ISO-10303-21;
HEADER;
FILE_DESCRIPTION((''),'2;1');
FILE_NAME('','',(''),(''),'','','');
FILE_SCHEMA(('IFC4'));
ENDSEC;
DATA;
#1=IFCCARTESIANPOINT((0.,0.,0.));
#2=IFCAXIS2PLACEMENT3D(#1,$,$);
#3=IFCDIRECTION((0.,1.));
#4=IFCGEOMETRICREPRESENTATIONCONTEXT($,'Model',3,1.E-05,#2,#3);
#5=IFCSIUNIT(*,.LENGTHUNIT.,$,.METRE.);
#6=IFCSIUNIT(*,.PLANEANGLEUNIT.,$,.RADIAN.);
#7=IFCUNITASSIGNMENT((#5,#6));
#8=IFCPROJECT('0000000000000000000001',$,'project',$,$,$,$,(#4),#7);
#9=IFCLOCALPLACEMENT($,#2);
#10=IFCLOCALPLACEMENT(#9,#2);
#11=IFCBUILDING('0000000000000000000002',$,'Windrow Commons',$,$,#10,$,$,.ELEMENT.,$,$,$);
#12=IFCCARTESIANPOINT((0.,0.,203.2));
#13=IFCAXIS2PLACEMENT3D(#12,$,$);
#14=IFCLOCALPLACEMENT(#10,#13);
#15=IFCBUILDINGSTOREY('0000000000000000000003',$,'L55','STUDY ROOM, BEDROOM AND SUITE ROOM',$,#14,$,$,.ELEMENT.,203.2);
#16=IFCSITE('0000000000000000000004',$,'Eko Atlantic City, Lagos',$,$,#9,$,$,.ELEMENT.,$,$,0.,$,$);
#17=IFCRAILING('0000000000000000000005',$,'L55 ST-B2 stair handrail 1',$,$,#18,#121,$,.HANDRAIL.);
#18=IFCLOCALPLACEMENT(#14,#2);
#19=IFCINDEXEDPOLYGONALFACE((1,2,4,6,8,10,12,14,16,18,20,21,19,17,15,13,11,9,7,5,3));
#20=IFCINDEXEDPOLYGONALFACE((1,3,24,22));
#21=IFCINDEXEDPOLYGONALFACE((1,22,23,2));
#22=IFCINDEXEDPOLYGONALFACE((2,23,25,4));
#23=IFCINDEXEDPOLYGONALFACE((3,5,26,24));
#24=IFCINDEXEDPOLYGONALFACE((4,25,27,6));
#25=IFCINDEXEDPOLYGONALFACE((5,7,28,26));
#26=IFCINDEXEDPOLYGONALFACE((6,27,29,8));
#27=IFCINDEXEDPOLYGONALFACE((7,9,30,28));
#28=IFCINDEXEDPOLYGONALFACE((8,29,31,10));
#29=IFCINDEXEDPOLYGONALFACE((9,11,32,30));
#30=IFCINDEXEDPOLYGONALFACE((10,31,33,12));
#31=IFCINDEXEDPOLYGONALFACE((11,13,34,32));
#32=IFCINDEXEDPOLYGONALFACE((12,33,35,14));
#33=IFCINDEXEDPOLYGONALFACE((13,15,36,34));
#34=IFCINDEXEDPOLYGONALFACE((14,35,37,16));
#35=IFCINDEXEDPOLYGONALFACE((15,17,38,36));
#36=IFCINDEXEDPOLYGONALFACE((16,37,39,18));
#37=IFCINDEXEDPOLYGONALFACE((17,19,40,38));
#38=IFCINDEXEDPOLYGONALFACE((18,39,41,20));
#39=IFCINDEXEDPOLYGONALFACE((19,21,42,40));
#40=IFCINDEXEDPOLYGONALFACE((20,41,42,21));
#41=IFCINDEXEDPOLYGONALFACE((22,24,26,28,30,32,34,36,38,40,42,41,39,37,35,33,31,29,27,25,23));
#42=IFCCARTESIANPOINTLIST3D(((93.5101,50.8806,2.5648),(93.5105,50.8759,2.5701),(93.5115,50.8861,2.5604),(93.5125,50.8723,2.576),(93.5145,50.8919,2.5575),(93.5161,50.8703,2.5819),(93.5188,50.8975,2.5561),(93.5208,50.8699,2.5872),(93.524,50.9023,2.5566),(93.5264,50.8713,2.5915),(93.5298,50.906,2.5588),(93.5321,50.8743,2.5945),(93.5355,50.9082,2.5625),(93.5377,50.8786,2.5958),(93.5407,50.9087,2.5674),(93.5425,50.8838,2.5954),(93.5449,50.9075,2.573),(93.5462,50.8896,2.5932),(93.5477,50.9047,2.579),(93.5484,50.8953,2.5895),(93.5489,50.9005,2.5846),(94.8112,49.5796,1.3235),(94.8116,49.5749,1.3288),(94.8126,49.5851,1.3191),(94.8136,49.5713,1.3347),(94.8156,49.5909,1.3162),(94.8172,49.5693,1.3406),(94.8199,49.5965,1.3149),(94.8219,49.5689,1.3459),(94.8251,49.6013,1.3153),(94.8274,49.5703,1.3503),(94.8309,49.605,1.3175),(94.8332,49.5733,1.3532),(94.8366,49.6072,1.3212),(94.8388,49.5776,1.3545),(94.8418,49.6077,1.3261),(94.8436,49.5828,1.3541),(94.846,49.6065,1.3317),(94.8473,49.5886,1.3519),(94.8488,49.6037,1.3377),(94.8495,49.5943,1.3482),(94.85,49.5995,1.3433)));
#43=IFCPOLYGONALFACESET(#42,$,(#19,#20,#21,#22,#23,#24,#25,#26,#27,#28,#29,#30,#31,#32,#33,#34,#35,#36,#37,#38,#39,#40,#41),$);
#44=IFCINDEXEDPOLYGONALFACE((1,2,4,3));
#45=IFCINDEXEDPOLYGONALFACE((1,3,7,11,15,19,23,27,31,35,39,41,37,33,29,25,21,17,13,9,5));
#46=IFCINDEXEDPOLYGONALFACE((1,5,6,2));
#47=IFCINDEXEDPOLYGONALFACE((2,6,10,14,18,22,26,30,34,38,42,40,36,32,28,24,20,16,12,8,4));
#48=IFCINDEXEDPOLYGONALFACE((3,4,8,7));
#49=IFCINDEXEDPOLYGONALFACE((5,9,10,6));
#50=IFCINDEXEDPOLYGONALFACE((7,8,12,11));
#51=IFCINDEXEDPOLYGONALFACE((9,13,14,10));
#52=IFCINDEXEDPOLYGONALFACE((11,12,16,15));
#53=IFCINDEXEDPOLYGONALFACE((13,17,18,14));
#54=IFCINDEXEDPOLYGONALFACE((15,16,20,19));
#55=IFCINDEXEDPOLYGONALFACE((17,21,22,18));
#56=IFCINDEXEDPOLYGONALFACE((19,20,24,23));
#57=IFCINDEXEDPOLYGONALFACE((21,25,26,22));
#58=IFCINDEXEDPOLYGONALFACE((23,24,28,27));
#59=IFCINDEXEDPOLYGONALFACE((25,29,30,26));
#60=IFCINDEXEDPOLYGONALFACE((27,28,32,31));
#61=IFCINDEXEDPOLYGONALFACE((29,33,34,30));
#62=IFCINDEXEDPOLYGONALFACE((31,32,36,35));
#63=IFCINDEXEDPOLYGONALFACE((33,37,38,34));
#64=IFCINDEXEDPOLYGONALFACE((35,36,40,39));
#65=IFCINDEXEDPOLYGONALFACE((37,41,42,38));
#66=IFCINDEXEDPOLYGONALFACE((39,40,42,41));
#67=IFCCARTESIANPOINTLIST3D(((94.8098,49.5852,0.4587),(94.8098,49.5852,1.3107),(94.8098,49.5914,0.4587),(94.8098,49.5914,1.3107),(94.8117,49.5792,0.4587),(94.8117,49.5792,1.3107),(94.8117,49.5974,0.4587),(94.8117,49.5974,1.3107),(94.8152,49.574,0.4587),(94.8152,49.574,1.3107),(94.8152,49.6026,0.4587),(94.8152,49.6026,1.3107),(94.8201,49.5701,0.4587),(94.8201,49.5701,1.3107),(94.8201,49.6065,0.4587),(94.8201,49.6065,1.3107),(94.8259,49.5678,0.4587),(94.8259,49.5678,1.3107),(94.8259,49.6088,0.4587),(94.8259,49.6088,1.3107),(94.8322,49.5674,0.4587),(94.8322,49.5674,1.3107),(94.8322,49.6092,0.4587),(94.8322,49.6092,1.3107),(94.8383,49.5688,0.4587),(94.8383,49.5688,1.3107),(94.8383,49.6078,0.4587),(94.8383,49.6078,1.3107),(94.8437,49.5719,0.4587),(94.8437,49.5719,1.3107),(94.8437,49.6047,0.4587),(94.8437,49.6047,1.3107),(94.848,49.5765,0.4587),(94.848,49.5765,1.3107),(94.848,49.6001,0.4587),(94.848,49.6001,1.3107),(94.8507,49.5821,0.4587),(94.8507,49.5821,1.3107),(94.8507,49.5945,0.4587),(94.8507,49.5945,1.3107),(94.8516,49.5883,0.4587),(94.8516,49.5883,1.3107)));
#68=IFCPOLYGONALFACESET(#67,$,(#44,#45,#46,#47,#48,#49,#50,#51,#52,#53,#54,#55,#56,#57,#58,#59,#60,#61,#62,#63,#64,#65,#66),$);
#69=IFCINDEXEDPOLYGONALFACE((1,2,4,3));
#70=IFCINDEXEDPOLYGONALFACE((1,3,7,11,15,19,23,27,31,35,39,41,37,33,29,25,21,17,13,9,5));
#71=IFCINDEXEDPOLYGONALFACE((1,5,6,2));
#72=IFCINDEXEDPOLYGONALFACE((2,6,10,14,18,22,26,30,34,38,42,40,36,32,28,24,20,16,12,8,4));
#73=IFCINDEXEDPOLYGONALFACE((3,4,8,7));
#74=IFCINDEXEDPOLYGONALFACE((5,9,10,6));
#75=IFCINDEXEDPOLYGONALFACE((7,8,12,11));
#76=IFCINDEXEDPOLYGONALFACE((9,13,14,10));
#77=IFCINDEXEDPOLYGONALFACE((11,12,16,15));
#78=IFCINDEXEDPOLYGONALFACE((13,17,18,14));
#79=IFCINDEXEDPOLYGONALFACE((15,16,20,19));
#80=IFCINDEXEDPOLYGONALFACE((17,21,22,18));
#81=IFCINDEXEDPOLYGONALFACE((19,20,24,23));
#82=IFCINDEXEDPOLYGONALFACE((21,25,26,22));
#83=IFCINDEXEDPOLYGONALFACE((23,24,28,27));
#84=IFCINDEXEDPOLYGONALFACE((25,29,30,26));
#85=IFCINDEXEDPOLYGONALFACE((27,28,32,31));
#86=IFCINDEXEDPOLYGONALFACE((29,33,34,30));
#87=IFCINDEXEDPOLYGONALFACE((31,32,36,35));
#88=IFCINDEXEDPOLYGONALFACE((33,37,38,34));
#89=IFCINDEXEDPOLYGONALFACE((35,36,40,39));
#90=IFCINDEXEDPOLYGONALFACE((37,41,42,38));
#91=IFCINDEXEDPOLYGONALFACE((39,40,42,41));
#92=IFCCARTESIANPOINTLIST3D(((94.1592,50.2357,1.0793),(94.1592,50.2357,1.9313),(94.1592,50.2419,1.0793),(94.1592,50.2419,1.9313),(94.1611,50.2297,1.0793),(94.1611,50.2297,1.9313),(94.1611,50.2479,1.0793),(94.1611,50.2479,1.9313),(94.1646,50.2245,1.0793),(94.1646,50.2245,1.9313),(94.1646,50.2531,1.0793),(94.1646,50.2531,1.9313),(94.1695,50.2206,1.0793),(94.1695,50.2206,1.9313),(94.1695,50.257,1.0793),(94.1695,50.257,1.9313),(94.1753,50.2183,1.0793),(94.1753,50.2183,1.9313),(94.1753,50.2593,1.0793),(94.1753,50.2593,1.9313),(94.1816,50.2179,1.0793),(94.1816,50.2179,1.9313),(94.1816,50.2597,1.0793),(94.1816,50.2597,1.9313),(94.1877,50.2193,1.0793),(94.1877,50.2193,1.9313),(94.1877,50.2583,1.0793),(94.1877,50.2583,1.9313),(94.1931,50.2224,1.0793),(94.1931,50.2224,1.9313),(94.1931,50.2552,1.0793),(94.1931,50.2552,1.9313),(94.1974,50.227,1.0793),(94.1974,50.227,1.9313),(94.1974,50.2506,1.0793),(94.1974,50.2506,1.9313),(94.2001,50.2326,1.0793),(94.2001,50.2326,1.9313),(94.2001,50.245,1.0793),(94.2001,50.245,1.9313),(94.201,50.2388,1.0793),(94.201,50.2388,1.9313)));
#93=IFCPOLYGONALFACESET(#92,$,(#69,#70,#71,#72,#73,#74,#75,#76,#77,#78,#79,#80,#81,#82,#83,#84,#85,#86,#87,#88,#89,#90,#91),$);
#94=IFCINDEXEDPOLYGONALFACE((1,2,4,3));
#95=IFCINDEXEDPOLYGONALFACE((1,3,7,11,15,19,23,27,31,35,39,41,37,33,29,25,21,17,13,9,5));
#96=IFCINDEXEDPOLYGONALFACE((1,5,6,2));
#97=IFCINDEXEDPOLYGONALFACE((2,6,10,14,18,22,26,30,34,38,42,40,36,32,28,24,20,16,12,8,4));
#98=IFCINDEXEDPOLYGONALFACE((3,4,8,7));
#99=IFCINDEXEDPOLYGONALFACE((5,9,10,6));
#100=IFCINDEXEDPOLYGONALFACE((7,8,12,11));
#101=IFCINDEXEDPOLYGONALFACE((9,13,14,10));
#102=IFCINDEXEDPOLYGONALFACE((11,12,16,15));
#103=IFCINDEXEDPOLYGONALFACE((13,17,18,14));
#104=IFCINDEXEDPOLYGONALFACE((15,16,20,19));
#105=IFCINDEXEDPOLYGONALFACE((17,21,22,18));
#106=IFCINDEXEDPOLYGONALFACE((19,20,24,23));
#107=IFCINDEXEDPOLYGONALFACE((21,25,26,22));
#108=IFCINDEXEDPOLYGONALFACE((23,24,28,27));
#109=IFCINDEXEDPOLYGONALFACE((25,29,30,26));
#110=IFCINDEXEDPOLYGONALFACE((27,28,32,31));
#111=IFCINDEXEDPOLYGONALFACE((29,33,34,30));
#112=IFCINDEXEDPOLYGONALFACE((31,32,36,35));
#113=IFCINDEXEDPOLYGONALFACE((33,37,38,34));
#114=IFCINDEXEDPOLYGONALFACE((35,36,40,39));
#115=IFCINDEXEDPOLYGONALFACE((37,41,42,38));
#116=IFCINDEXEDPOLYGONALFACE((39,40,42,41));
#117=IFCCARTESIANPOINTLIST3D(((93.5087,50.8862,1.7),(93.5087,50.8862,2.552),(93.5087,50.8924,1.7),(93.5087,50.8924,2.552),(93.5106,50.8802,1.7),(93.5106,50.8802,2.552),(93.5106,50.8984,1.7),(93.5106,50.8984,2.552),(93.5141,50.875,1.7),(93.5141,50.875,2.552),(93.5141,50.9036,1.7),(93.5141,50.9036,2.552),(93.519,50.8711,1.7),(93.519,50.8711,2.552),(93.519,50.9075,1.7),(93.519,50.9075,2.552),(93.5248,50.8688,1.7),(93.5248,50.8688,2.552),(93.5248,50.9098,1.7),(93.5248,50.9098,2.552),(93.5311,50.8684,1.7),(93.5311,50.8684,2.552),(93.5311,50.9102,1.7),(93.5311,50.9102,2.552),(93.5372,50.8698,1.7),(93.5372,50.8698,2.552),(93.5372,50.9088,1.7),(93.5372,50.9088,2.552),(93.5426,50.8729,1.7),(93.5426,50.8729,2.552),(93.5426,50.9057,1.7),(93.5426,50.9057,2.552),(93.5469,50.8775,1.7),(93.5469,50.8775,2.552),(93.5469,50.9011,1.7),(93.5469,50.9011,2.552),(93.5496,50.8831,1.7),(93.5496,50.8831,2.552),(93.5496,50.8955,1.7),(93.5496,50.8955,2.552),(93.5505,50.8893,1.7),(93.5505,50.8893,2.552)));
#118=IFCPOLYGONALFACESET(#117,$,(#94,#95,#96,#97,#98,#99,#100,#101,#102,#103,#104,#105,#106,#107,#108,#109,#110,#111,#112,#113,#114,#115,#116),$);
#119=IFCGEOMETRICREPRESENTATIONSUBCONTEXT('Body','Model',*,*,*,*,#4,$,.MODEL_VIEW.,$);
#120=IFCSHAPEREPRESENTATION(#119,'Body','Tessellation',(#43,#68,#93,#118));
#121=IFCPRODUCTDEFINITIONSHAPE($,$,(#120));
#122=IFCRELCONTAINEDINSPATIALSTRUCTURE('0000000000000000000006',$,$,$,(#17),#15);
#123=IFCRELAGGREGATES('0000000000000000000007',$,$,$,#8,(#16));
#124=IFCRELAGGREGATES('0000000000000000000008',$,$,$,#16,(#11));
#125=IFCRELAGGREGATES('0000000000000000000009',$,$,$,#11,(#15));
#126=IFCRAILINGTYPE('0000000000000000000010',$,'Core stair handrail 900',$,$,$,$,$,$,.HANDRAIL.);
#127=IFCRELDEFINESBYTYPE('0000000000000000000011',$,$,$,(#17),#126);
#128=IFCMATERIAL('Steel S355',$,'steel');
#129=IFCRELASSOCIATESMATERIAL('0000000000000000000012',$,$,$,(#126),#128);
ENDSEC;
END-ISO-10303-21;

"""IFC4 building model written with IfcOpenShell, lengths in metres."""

from ifc_helpers import new_model, si_unit, direction, frame, origin, origin_2d, place, context, subcontext, project, spatial, circle, extrude, material, type_object, element, save


model = new_model("IFC4")

# Units and contexts
model_context = context("Model", 3, precision=1e-05, world=origin(), true_north=direction((0.0, 1.0)))
body_context = subcontext(model_context, "Body", "Model", "MODEL_VIEW")
ifc_project = project(units=[si_unit("LENGTHUNIT", "METRE"), si_unit("PLANEANGLEUNIT", "RADIAN")], contexts=[model_context])

# Site, building, storey
site_placement = place(None, origin())
site = spatial("IfcSite", under=ifc_project, at=site_placement, Name="Eko Atlantic City, Lagos", CompositionType="ELEMENT", RefElevation=0.0)
building_placement = place(site_placement, origin())
building = spatial("IfcBuilding", under=site, at=building_placement, Name="Windrow Commons", CompositionType="ELEMENT")
storey_placement = place(building_placement, frame((0.0, 0.0, 203.2)))
storey = spatial("IfcBuildingStorey", under=building, at=storey_placement, Name="L55", Description="STUDY ROOM, BEDROOM AND SUITE ROOM", CompositionType="ELEMENT", Elevation=203.2)

# Railing
ifc_material_1 = material(Name="Steel S355", Category="steel")
railing_type_1 = type_object("IfcRailingType", Name="Core stair handrail 900", PredefinedType="HANDRAIL", material=ifc_material_1)
railing_1_placement = place(storey_placement, frame((94.8306, 49.5883, 0.4587)))
element("IfcRailing", 1, at=railing_1_placement, inside=storey, type_object=railing_type_1, Name="L55 ST-B2 stair handrail 1", PredefinedType="HANDRAIL", context=body_context, shape_type="SweptSolid", body=[
    extrude(circle(Radius=0.024, at=origin_2d()), frame((0.0, 0.0, 0.876), z_axis=(-0.586207, 0.586162, 0.559264), x_axis=(-0.70708, -0.707134, 0.0)), (0.0, 0.0, 1.0), 2.2195),
    extrude(circle(Radius=0.021, at=origin_2d()), origin(), (0.0, 0.0, 1.0), 0.852),
    extrude(circle(Radius=0.021, at=origin_2d()), frame((-0.6506, 0.6505, 0.6206)), (0.0, 0.0, 1.0), 0.852),
    extrude(circle(Radius=0.021, at=origin_2d()), frame((-1.3011, 1.301, 1.2413)), (0.0, 0.0, 1.0), 0.852),
])

save(model, "model.ifc")
